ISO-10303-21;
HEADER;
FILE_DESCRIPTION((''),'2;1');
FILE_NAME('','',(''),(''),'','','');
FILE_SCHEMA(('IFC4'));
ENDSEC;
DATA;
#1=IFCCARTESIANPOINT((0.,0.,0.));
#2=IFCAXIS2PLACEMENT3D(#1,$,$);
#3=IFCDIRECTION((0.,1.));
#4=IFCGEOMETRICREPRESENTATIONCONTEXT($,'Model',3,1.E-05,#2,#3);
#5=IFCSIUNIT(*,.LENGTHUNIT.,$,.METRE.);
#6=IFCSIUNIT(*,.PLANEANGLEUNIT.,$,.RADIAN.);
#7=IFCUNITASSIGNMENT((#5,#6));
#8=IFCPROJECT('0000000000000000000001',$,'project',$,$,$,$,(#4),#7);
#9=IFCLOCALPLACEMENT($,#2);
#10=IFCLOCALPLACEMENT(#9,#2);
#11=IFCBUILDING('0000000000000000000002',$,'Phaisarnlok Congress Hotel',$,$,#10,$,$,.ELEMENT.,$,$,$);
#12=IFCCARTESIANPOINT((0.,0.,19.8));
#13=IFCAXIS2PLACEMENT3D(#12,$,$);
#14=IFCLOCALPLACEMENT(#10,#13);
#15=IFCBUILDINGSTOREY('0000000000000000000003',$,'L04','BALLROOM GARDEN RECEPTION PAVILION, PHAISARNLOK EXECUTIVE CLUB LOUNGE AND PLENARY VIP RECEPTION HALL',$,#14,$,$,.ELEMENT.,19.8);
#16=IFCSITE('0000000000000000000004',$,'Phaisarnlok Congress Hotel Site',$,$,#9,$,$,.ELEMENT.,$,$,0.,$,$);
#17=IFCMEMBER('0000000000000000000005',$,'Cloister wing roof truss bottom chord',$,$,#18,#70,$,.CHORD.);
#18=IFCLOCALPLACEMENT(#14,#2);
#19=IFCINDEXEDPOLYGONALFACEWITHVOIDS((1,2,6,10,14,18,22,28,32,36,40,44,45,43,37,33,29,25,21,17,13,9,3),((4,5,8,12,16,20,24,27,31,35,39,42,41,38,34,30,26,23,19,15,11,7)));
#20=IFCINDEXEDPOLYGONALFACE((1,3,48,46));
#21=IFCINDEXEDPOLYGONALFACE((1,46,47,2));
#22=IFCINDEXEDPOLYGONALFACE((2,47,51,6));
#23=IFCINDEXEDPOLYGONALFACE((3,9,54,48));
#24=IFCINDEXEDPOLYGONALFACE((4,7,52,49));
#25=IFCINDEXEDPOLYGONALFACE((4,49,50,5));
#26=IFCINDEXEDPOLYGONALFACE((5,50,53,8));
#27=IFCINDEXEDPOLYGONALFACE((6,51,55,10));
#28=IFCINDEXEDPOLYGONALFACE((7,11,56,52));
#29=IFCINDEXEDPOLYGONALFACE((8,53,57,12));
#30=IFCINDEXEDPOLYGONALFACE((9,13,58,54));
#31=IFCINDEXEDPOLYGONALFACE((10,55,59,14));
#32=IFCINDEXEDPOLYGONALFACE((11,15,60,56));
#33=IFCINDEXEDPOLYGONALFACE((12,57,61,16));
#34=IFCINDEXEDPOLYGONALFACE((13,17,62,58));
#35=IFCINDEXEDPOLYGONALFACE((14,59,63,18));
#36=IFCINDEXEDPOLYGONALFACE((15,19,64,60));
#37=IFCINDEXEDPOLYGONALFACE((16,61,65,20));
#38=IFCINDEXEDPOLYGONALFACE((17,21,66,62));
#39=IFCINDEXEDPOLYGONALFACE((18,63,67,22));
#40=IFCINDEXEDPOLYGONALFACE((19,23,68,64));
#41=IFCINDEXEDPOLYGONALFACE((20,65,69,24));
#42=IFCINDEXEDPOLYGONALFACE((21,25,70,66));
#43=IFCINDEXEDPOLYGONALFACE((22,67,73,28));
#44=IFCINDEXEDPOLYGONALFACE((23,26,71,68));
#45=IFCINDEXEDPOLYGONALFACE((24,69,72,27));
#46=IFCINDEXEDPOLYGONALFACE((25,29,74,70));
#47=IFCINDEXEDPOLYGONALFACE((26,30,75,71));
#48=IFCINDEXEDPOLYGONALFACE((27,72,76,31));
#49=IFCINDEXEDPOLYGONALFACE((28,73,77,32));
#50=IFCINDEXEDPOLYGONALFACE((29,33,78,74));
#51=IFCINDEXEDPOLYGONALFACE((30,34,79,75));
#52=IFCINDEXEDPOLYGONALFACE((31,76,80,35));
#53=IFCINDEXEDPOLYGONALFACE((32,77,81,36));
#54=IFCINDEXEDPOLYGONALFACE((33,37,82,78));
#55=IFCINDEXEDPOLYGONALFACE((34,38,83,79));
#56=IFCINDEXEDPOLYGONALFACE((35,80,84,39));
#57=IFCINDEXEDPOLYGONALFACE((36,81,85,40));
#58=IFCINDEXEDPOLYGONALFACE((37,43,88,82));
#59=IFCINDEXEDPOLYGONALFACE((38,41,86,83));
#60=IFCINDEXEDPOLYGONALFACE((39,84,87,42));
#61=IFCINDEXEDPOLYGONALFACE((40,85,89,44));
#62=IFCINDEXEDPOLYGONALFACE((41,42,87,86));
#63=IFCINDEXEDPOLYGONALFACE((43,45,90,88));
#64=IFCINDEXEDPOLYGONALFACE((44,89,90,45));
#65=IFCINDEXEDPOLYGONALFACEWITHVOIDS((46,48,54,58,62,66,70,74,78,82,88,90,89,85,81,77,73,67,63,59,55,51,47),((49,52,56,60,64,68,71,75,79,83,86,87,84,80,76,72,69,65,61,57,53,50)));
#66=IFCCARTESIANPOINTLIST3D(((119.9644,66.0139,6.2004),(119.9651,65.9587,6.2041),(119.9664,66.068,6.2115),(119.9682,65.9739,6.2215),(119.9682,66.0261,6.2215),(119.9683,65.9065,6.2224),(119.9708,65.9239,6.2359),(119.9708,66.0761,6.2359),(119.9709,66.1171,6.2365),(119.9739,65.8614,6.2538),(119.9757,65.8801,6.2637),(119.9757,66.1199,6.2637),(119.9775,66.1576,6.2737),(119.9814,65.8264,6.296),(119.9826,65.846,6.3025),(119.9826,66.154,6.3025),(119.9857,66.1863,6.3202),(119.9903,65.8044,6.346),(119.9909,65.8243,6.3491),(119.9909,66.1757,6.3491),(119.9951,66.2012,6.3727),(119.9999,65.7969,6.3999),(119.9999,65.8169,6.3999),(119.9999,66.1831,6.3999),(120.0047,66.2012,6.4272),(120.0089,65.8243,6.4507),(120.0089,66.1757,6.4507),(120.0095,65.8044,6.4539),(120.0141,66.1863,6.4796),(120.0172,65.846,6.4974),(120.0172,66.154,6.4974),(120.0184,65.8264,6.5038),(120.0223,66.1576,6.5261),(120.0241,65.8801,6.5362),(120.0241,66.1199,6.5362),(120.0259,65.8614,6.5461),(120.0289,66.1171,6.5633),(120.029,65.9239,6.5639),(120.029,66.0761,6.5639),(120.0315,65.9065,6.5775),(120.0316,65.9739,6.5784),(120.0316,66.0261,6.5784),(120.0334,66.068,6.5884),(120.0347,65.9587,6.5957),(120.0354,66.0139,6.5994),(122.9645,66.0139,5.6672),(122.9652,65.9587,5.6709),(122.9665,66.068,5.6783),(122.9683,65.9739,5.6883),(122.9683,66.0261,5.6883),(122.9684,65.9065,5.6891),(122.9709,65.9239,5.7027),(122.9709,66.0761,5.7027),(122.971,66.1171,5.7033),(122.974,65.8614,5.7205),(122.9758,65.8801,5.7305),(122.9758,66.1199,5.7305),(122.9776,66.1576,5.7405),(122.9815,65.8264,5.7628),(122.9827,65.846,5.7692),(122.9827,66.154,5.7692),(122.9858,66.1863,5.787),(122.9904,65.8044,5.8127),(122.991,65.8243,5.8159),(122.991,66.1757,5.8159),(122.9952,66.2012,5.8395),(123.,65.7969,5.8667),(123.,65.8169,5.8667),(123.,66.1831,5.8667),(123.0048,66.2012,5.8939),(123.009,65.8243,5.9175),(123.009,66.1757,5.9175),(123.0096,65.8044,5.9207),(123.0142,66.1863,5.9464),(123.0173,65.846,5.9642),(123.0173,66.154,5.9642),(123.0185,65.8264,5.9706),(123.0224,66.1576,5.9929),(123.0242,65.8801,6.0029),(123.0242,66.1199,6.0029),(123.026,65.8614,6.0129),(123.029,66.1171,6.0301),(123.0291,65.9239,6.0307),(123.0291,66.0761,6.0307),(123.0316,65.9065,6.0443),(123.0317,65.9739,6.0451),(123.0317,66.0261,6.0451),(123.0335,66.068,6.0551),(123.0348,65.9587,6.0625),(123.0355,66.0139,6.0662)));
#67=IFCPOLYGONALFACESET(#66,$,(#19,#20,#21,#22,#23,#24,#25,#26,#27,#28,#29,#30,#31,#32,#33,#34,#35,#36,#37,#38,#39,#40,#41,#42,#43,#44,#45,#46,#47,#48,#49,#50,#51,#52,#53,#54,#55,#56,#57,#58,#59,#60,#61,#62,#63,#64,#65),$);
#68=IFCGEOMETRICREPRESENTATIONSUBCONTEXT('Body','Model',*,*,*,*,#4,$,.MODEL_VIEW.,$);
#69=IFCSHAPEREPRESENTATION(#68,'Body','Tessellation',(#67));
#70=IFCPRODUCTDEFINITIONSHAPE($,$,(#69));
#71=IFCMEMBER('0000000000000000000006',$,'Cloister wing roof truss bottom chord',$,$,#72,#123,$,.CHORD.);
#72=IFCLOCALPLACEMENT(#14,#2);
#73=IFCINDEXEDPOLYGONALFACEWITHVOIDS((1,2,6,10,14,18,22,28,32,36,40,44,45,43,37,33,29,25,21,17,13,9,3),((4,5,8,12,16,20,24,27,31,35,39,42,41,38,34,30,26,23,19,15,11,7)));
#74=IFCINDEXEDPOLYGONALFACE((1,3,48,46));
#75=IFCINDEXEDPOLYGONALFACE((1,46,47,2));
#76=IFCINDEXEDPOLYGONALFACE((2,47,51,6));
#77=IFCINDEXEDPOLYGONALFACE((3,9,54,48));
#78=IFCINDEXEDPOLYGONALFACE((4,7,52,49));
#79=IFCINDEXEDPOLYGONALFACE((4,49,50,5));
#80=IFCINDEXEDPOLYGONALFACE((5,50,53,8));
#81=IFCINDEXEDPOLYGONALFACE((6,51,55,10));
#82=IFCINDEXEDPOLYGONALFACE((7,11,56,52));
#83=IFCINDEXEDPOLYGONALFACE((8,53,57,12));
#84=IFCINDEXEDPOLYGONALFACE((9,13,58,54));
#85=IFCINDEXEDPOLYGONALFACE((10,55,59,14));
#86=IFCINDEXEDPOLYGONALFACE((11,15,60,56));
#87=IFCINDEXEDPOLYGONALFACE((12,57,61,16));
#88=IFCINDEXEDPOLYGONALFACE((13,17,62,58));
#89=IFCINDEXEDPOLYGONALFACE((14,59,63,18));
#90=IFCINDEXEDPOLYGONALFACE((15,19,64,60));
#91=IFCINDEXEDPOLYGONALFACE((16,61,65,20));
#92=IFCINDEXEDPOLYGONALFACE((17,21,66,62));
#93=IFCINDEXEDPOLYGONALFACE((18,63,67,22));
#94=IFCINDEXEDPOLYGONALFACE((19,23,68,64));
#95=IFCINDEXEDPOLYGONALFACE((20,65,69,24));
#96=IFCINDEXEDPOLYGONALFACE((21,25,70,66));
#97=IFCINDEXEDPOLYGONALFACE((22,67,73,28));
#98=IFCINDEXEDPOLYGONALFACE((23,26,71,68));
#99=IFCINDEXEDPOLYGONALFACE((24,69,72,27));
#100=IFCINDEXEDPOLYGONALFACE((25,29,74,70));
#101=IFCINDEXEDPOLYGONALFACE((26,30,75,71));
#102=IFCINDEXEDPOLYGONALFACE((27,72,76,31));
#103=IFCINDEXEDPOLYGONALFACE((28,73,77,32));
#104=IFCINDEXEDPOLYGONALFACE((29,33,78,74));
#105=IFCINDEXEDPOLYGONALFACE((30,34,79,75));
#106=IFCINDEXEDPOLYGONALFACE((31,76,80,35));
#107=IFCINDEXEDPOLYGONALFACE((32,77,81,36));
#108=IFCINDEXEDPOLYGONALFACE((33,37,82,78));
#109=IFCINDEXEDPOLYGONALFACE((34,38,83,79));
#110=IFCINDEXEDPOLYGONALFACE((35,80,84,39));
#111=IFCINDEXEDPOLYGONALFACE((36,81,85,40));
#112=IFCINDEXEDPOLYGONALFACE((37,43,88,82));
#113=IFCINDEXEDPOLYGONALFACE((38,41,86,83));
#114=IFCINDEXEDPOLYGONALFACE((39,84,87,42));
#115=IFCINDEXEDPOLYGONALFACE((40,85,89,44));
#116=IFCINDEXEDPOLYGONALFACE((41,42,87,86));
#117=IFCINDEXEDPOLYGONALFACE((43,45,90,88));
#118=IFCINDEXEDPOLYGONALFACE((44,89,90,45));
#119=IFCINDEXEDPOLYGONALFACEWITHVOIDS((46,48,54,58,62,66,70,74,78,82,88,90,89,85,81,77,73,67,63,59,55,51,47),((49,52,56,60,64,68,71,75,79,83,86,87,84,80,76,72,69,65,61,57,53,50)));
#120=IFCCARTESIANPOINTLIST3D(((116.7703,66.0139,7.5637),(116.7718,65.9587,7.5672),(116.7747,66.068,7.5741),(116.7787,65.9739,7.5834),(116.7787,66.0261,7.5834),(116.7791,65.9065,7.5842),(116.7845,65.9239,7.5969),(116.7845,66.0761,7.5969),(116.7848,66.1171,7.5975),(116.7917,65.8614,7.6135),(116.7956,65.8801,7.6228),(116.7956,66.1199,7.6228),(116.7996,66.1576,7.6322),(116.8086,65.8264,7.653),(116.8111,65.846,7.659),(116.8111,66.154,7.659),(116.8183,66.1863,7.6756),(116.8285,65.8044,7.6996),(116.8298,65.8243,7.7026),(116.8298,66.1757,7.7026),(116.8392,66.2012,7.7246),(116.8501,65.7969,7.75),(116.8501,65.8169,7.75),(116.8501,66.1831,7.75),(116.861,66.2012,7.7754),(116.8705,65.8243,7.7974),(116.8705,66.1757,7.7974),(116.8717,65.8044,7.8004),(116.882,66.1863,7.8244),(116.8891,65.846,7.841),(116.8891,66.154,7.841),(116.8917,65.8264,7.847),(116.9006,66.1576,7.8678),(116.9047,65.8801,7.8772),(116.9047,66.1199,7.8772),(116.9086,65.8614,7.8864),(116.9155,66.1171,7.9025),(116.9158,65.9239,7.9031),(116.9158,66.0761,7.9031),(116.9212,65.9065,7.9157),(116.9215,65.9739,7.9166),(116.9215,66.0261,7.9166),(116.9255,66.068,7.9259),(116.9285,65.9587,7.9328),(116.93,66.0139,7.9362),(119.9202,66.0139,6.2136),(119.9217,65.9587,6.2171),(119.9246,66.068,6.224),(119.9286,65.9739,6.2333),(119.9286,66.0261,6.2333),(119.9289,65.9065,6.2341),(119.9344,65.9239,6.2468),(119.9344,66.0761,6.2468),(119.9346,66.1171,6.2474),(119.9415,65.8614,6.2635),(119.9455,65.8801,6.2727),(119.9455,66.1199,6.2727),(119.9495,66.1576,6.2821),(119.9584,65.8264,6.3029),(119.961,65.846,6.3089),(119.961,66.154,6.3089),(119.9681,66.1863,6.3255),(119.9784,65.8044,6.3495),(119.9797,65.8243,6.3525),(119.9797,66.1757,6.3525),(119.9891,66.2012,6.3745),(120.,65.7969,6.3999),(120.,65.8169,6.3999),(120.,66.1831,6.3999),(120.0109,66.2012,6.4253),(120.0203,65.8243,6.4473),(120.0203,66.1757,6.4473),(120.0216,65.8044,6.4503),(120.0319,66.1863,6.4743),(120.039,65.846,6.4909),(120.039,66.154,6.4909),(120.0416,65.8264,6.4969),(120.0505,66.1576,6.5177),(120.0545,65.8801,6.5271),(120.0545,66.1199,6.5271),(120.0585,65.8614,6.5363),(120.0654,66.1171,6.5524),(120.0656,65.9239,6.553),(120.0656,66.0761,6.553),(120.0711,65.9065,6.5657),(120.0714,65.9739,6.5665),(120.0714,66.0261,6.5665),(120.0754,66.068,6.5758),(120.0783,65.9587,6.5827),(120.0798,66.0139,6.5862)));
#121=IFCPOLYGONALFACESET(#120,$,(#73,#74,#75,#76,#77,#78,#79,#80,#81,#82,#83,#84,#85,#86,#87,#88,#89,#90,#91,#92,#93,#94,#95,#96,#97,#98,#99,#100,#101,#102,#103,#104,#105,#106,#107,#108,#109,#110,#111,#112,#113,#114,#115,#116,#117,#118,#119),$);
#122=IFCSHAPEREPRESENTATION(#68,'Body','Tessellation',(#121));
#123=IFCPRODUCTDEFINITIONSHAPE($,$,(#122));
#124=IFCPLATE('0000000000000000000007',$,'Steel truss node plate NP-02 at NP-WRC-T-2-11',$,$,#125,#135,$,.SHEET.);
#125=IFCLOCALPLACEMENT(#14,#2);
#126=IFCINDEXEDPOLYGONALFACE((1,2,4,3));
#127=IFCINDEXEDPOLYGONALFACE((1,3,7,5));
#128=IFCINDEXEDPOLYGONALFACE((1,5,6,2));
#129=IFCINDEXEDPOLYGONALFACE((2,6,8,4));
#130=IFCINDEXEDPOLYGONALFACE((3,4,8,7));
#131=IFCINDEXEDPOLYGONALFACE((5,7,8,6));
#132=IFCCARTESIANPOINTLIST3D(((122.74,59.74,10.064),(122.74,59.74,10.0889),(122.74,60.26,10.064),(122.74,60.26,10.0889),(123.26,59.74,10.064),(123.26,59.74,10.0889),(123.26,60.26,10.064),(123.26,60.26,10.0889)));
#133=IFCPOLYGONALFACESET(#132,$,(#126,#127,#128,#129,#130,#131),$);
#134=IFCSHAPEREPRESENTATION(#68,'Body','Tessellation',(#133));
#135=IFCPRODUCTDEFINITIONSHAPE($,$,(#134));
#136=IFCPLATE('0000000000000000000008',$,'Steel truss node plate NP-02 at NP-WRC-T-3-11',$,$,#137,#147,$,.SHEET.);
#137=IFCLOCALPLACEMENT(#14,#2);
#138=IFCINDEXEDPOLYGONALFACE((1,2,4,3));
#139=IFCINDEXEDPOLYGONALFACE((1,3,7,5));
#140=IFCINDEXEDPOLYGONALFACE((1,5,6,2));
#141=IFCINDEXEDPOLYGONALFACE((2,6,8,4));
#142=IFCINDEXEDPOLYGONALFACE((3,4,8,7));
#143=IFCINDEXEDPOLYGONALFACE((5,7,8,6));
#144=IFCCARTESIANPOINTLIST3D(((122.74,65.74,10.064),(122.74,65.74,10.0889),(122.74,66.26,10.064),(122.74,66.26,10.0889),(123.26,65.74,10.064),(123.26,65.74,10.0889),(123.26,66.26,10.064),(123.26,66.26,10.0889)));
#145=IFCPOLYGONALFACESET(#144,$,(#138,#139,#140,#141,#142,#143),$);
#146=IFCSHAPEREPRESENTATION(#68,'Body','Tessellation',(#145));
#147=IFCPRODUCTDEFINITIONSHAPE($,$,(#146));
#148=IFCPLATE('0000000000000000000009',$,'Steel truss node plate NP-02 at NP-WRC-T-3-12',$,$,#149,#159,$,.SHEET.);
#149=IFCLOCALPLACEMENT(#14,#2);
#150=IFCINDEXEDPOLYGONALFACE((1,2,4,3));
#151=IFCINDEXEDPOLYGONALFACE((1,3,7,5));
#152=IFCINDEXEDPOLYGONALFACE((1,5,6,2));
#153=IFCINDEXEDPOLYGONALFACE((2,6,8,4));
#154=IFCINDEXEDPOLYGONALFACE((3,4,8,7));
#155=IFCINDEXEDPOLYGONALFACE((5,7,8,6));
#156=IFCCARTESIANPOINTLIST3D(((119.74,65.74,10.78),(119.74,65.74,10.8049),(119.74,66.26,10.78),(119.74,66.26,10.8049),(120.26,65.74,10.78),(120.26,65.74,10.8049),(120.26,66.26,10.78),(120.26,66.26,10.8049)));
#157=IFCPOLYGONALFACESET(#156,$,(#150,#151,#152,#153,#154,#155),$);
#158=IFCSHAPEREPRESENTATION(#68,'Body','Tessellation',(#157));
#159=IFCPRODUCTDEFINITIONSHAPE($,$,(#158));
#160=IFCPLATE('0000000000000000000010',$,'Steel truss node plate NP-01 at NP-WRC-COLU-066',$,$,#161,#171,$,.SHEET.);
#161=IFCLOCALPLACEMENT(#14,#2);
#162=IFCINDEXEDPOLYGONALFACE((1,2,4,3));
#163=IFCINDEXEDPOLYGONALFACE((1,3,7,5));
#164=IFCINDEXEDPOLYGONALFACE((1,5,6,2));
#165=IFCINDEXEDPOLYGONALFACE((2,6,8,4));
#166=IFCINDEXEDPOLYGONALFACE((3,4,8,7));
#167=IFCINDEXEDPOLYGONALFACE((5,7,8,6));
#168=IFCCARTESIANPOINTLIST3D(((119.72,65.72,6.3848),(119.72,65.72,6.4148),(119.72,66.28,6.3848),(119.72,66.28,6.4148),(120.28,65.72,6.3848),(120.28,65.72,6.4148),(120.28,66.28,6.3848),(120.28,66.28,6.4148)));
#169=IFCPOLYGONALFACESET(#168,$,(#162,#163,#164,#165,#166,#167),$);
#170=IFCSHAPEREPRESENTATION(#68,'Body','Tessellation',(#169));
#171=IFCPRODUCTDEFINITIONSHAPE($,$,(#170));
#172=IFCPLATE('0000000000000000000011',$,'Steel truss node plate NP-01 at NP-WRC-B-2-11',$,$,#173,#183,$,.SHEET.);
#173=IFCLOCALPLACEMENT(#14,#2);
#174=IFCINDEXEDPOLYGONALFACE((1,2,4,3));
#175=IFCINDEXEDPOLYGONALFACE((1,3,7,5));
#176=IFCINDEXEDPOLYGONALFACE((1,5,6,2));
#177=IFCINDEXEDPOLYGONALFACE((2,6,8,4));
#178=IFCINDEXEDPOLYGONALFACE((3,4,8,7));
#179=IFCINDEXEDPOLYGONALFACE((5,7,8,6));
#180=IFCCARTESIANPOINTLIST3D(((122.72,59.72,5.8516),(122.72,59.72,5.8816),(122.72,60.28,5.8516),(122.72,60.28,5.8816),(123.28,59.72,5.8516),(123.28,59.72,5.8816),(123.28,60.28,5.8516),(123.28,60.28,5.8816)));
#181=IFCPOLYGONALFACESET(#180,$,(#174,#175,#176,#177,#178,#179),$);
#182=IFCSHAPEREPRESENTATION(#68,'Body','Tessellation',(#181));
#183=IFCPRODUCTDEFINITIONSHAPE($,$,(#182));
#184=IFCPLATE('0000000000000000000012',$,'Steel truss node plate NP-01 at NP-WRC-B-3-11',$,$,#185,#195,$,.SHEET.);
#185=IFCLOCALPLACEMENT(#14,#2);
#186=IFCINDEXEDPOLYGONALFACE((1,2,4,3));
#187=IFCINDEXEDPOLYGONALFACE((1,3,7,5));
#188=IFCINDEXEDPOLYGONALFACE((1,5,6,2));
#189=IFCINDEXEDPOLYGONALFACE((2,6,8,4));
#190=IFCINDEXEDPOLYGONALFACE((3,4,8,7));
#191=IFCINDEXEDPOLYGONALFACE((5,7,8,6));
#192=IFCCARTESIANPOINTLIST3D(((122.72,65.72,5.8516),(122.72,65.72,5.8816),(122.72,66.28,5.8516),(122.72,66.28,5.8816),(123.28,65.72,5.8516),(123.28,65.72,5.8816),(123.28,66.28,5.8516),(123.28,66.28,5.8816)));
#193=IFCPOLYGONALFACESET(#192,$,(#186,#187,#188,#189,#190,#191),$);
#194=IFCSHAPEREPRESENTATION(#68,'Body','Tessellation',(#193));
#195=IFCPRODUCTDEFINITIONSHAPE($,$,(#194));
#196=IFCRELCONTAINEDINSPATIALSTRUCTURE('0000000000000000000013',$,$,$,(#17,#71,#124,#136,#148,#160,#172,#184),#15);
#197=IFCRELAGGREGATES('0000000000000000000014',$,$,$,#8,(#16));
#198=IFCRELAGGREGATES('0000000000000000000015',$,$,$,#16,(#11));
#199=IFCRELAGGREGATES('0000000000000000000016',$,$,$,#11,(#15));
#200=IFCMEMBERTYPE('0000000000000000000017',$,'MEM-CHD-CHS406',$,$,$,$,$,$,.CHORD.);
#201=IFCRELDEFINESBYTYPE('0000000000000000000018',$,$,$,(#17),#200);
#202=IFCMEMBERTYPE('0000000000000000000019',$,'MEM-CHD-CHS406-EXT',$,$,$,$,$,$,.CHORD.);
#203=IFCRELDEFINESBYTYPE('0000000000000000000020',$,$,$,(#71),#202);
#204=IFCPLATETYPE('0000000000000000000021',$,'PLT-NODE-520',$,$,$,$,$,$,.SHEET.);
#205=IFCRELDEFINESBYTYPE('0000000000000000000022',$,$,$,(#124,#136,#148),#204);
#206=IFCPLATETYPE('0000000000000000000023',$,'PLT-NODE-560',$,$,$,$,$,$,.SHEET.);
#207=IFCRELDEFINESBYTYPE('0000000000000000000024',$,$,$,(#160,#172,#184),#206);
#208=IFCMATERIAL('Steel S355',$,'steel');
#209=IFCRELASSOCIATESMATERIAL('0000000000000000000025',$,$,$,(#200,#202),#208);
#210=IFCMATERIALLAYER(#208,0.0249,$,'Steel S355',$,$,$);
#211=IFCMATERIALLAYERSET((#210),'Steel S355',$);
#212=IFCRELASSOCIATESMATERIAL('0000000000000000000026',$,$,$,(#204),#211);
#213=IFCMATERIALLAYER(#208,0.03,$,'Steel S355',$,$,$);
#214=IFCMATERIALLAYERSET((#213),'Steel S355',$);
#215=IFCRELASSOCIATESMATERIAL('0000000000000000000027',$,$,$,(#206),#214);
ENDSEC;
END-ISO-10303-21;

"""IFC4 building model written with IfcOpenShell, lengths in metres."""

from ifc_helpers import new_model, si_unit, direction, frame, origin, origin_2d, place, context, subcontext, project, spatial, rectangle, hollow_circle, extrude, material, layer, layer_set, material_profile, profile_set, type_object, element, save


model = new_model("IFC4")

# Units and contexts
model_context = context("Model", 3, precision=1e-05, world=origin(), true_north=direction((0.0, 1.0)))
body_context = subcontext(model_context, "Body", "Model", "MODEL_VIEW")
ifc_project = project(units=[si_unit("LENGTHUNIT", "METRE"), si_unit("PLANEANGLEUNIT", "RADIAN")], contexts=[model_context])

# Site, building, storey
site_placement = place(None, origin())
site = spatial("IfcSite", under=ifc_project, at=site_placement, Name="Phaisarnlok Congress Hotel Site", CompositionType="ELEMENT", RefElevation=0.0)
building_placement = place(site_placement, origin())
building = spatial("IfcBuilding", under=site, at=building_placement, Name="Phaisarnlok Congress Hotel", CompositionType="ELEMENT")
storey_placement = place(building_placement, frame((0.0, 0.0, 19.8)))
storey = spatial("IfcBuildingStorey", under=building, at=storey_placement, Name="L04", Description="BALLROOM GARDEN RECEPTION PAVILION, PHAISARNLOK EXECUTIVE CLUB LOUNGE AND PLENARY VIP RECEPTION HALL", CompositionType="ELEMENT", Elevation=19.8)

# Shared definitions
ifc_material_1 = material(Name="Steel S355", Category="steel")

# Members
ifc_material_profile_1 = material_profile(ifc_material_1, hollow_circle(Radius=0.2031, WallThickness=0.02, at=origin_2d()), Name="CHS 406.4x20")
ifc_profile_set_1 = profile_set([ifc_material_profile_1], Name="Steel S355")
member_type_1 = type_object("IfcMemberType", Name="MEM-CHD-CHS406", PredefinedType="CHORD", material=ifc_profile_set_1)
for number, where, z_axis, x_axis, name in (
    (1, (123.0, 66.0, 5.8667), (-0.98457, 0.0, 0.174992), (0.0, -1.0, 0.0), "Cloister wing roof truss bottom chord"),
):
    element("IfcMember", number, at=place(storey_placement, frame(where, z_axis=z_axis, x_axis=x_axis)), inside=storey, type_object=member_type_1, Name=name, PredefinedType="CHORD", context=body_context, shape_type="SweptSolid", body=[
        extrude(hollow_circle(Radius=0.2031, WallThickness=0.02, at=origin_2d()), origin(), (0.0, 0.0, 1.0), 3.0471),
    ])
ifc_material_profile_2 = material_profile(ifc_material_1, hollow_circle(Radius=0.2031, WallThickness=0.02, at=origin_2d()), Name="CHS 406.4x20")
ifc_profile_set_2 = profile_set([ifc_material_profile_2], Name="Steel S355")
member_type_2 = type_object("IfcMemberType", Name="MEM-CHD-CHS406-EXT", PredefinedType="CHORD", material=ifc_profile_set_2)
member_1_placement = place(storey_placement, frame((120.0, 66.0, 6.3999), z_axis=(-0.91913, 0.0, 0.393954), x_axis=(0.0, -1.0, 0.0)))
element("IfcMember", 2, at=member_1_placement, inside=storey, type_object=member_type_2, Name="Cloister wing roof truss bottom chord", PredefinedType="CHORD", context=body_context, shape_type="SweptSolid", body=[
    extrude(hollow_circle(Radius=0.2031, WallThickness=0.02, at=origin_2d()), origin(), (0.0, 0.0, 1.0), 3.427),
])

# Plates
ifc_layer_1 = layer(ifc_material_1, 0.0249, Name="Steel S355")
ifc_layer_set_1 = layer_set([ifc_layer_1], Name="Steel S355")
plate_type_1 = type_object("IfcPlateType", Name="PLT-NODE-520", PredefinedType="SHEET", material=ifc_layer_set_1)
for number, where, z_axis, x_axis, name in (
    (3, (123.0, 60.0, 10.064), (0.0, 0.0, 1.0), (1.0, 0.0, 0.0), "Steel truss node plate NP-02 at NP-WRC-T-2-11"),
    (4, (123.0, 66.0, 10.064), (0.0, 0.0, 1.0), (1.0, 0.0, 0.0), "Steel truss node plate NP-02 at NP-WRC-T-3-11"),
    (5, (120.0, 66.0, 10.78), (0.0, 0.0, 1.0), (1.0, 0.0, 0.0), "Steel truss node plate NP-02 at NP-WRC-T-3-12"),
):
    element("IfcPlate", number, at=place(storey_placement, frame(where, z_axis=z_axis, x_axis=x_axis)), inside=storey, type_object=plate_type_1, Name=name, PredefinedType="SHEET", context=body_context, shape_type="SweptSolid", body=[
        extrude(rectangle(XDim=0.52, YDim=0.52, at=origin_2d()), origin(), (0.0, 0.0, 1.0), 0.0249),
    ])
ifc_layer_2 = layer(ifc_material_1, 0.03, Name="Steel S355")
ifc_layer_set_2 = layer_set([ifc_layer_2], Name="Steel S355")
plate_type_2 = type_object("IfcPlateType", Name="PLT-NODE-560", PredefinedType="SHEET", material=ifc_layer_set_2)
for number, where, z_axis, x_axis, name in (
    (6, (120.0, 66.0, 6.3848), (0.0, 0.0, 1.0), (1.0, 0.0, 0.0), "Steel truss node plate NP-01 at NP-WRC-COLU-066"),
    (7, (123.0, 60.0, 5.8516), (0.0, 0.0, 1.0), (1.0, 0.0, 0.0), "Steel truss node plate NP-01 at NP-WRC-B-2-11"),
    (8, (123.0, 66.0, 5.8516), (0.0, 0.0, 1.0), (1.0, 0.0, 0.0), "Steel truss node plate NP-01 at NP-WRC-B-3-11"),
):
    element("IfcPlate", number, at=place(storey_placement, frame(where, z_axis=z_axis, x_axis=x_axis)), inside=storey, type_object=plate_type_2, Name=name, PredefinedType="SHEET", context=body_context, shape_type="SweptSolid", body=[
        extrude(rectangle(XDim=0.5601, YDim=0.5601, at=origin_2d()), origin(), (0.0, 0.0, 1.0), 0.03),
    ])

save(model, "model.ifc")
